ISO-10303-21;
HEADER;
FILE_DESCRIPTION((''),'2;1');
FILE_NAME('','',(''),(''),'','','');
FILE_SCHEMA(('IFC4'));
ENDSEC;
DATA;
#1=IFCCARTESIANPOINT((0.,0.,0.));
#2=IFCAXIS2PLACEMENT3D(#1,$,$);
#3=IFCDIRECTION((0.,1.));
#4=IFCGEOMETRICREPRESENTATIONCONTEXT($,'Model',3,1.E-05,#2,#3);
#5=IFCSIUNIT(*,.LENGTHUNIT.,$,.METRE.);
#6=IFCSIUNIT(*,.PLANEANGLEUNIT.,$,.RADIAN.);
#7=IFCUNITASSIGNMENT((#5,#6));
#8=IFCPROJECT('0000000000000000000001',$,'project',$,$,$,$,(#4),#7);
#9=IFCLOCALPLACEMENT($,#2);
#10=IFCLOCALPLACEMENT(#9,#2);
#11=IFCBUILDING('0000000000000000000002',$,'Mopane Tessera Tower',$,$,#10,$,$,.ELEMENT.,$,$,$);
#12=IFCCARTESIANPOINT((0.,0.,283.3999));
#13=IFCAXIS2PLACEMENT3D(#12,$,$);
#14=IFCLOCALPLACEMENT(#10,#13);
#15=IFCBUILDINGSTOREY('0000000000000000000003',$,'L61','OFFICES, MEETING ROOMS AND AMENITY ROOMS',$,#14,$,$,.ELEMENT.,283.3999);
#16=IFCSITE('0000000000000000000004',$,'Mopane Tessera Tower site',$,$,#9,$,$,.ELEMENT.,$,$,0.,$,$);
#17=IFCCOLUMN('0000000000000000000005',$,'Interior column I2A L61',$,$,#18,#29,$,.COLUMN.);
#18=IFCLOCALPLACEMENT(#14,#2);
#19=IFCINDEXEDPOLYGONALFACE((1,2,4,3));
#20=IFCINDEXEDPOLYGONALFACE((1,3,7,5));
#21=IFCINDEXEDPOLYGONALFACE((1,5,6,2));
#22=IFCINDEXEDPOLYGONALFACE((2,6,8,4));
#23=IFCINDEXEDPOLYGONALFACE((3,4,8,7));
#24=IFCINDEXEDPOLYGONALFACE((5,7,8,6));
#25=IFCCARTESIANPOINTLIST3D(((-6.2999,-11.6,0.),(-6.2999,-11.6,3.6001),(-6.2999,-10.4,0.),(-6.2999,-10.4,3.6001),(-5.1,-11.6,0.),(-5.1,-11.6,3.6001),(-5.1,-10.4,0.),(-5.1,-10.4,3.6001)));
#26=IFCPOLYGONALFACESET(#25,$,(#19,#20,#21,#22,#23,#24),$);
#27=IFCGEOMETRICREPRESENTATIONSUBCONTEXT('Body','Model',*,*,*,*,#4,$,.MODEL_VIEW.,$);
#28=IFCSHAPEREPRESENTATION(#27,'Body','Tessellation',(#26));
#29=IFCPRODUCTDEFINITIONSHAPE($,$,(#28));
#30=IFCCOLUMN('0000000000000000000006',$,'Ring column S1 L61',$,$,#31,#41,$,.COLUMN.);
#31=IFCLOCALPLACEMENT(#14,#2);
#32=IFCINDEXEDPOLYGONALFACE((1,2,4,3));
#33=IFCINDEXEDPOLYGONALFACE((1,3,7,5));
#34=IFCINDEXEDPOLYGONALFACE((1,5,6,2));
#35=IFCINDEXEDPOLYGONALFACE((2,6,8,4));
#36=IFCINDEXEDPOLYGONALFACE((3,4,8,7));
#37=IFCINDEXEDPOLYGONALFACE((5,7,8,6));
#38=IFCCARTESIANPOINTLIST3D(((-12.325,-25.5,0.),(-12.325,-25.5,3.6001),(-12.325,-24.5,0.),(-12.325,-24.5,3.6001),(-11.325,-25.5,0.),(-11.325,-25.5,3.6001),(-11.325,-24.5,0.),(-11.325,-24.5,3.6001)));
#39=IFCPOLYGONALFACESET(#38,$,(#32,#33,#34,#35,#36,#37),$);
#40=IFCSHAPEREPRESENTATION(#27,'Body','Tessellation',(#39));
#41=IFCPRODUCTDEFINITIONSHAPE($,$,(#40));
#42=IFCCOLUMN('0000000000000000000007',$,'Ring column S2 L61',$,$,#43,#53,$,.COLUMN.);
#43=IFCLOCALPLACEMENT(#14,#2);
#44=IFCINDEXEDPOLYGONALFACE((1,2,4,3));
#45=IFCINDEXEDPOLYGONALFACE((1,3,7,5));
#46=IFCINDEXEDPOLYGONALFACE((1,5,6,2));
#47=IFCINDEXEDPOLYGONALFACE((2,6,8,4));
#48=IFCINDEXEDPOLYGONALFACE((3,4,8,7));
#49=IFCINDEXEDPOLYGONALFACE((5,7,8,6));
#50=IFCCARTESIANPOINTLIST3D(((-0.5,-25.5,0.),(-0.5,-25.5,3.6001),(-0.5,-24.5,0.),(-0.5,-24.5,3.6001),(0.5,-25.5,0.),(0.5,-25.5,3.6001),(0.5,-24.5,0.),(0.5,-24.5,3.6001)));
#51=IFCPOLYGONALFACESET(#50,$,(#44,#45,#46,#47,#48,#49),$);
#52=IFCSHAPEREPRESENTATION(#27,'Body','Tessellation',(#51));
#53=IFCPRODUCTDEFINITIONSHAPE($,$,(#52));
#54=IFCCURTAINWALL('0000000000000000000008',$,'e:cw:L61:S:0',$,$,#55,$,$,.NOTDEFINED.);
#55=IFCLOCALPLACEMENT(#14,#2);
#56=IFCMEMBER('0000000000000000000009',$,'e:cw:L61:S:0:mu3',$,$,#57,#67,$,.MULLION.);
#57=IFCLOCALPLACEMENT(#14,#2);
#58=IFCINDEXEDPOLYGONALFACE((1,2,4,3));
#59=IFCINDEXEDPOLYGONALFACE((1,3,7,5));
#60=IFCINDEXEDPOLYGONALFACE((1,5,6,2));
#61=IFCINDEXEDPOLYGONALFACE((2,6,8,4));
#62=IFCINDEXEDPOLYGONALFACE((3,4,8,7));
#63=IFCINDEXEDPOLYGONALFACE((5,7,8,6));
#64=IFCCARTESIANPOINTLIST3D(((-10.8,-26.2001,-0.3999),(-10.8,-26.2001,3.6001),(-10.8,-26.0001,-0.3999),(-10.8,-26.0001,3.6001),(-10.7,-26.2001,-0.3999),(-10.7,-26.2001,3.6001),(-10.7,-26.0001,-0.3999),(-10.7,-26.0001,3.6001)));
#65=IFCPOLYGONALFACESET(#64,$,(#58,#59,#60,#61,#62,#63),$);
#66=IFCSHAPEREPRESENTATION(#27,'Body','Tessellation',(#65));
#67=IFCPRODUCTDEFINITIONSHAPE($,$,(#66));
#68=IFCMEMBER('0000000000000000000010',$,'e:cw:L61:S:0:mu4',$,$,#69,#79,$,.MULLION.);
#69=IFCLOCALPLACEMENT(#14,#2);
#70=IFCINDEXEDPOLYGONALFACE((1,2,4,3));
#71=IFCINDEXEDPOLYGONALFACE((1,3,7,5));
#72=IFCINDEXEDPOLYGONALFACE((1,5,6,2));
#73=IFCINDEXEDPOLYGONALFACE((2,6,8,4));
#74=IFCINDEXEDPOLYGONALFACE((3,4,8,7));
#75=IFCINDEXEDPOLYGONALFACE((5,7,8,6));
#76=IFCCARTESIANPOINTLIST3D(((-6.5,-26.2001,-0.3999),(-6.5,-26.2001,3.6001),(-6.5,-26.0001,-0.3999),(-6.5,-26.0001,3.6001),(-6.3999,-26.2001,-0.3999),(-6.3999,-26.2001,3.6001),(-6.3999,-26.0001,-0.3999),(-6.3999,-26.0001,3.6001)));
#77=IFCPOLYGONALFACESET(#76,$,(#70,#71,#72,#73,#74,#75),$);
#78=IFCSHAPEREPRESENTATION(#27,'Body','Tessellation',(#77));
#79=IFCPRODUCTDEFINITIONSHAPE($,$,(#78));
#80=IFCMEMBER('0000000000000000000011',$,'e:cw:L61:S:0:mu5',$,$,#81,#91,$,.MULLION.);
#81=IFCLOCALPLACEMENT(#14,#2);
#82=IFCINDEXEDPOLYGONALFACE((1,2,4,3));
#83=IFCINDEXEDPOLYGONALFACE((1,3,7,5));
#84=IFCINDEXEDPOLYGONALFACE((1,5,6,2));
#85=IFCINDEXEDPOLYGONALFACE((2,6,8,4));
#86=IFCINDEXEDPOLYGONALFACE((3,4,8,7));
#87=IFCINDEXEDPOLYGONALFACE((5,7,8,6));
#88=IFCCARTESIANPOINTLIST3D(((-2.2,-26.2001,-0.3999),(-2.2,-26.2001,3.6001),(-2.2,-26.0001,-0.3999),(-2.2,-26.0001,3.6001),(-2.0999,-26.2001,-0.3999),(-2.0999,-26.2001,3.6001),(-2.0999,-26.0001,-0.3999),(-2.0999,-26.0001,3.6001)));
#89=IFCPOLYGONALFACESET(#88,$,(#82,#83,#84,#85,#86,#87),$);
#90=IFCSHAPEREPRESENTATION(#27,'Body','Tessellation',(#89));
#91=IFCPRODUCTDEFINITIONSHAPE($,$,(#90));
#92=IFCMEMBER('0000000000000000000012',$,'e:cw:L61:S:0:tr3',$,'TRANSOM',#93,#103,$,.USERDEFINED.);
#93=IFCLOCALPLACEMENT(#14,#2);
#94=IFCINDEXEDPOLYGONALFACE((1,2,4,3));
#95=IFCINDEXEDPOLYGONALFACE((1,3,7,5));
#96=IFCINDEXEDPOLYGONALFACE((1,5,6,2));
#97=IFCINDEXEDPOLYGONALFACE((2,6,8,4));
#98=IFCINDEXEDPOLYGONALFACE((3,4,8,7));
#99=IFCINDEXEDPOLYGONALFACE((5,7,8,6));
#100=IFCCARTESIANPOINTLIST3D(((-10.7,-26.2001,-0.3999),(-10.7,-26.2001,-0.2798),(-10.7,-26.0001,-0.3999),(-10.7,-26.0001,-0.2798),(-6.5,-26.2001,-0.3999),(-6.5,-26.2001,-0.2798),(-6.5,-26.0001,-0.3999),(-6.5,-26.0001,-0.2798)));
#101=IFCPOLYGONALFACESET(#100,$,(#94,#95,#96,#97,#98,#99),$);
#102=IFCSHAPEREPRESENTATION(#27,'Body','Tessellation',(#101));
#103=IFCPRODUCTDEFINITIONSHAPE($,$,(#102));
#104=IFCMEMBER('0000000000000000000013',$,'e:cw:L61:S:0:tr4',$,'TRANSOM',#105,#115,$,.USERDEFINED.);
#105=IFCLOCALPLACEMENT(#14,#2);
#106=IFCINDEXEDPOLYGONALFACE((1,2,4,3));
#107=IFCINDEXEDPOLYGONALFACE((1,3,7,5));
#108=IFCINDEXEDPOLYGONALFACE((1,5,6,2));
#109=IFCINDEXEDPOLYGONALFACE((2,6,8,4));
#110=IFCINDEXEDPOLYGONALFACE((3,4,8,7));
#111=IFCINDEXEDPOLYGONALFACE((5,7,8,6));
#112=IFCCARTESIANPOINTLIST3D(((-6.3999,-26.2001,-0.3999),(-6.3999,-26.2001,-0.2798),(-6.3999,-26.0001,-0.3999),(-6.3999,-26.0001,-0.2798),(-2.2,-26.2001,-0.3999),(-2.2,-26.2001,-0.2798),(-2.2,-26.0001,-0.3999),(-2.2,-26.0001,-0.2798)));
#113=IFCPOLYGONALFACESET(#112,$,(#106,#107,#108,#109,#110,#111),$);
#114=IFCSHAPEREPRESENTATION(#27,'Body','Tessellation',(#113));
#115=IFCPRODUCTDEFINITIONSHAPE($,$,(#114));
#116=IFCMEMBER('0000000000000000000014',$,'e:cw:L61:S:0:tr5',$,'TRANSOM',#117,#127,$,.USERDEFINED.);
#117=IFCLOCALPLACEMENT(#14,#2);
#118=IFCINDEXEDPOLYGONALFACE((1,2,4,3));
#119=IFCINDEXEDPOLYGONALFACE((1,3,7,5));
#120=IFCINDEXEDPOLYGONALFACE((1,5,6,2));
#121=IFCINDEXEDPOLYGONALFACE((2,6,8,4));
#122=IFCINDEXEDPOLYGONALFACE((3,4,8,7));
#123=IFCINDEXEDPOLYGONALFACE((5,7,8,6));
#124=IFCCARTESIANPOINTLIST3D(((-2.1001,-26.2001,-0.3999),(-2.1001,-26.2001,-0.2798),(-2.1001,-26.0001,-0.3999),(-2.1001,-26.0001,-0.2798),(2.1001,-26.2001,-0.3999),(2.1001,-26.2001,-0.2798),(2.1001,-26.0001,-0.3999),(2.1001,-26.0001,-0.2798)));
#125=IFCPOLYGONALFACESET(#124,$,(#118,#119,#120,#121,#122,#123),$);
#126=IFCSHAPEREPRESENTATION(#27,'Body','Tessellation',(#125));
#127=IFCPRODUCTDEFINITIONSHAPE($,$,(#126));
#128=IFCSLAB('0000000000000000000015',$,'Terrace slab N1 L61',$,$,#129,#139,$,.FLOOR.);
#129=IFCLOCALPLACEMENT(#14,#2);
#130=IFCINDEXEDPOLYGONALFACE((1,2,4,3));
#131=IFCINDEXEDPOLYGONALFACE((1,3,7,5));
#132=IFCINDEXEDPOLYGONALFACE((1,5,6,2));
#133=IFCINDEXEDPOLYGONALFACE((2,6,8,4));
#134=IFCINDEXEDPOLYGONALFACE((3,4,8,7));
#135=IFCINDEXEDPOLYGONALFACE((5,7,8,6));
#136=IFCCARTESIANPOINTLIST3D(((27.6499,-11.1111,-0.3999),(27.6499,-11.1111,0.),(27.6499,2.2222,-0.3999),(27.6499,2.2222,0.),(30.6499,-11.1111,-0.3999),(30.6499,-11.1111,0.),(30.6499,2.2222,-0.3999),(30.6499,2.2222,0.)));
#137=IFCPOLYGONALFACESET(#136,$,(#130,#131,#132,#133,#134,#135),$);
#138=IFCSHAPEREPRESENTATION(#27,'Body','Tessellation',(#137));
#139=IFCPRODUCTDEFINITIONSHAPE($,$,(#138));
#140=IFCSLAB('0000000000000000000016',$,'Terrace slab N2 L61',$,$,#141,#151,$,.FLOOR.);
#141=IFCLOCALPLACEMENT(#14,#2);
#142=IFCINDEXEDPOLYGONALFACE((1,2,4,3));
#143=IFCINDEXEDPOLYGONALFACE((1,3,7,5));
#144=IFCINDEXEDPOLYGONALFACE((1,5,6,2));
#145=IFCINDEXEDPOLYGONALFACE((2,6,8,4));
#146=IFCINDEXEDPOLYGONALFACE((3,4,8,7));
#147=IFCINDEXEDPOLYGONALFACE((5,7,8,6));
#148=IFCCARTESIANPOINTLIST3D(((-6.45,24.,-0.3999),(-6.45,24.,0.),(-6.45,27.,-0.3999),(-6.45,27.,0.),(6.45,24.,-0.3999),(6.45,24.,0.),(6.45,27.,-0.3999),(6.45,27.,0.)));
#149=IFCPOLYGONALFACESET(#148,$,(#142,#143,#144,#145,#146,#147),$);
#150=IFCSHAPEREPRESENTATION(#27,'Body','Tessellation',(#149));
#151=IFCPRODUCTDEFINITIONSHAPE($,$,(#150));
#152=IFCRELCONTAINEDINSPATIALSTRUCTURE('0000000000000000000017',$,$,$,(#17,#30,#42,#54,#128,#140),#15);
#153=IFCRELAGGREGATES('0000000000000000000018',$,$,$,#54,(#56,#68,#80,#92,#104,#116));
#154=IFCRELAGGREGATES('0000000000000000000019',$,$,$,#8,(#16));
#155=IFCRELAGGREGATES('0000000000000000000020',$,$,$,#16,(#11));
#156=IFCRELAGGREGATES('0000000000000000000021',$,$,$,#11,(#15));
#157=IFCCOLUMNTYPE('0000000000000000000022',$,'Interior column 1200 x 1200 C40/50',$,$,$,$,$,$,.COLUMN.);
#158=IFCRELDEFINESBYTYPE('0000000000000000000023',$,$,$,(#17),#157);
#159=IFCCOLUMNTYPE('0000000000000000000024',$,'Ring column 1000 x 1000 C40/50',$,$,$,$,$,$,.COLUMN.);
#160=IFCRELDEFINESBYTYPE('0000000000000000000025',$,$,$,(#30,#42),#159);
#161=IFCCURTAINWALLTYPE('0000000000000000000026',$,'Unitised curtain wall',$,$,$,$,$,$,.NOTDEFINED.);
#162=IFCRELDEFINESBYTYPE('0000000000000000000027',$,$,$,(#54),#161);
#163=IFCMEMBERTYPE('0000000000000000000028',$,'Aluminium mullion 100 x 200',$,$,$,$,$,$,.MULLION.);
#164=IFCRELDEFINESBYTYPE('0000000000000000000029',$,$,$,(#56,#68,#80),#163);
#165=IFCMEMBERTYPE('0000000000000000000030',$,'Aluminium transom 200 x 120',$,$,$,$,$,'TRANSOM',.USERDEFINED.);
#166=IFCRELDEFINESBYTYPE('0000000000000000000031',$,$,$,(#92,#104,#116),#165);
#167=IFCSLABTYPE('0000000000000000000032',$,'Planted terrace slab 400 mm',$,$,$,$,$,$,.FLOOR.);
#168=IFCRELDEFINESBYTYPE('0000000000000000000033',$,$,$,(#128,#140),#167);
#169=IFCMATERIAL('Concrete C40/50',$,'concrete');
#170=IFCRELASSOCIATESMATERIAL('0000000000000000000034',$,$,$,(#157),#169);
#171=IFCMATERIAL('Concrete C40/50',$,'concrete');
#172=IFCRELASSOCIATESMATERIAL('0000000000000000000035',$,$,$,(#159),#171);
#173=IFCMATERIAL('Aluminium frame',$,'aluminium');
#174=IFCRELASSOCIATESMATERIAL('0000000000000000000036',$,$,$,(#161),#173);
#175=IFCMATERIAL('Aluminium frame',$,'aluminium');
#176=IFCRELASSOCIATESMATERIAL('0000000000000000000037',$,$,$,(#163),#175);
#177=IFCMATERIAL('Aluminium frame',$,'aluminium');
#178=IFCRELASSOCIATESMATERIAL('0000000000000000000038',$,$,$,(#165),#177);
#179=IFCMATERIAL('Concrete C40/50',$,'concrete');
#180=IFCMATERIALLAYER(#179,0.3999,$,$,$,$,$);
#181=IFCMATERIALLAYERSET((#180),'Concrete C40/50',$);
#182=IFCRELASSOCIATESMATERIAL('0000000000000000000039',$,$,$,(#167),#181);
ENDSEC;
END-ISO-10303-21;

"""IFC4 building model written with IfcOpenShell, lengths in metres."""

from ifc_helpers import new_model, si_unit, direction, frame, origin, origin_2d, place, context, subcontext, project, spatial, polyline, rectangle, outline, extrude, material, layer, layer_set, material_profile, profile_set, type_object, element, aggregate, save


model = new_model("IFC4")

# Units and contexts
model_context = context("Model", 3, precision=1e-05, world=origin(), true_north=direction((0.0, 1.0)))
body_context = subcontext(model_context, "Body", "Model", "MODEL_VIEW")
ifc_project = project(units=[si_unit("LENGTHUNIT", "METRE"), si_unit("PLANEANGLEUNIT", "RADIAN")], contexts=[model_context])

# Site, building, storey
site_placement = place(None, origin())
site = spatial("IfcSite", under=ifc_project, at=site_placement, Name="Mopane Tessera Tower site", CompositionType="ELEMENT", RefElevation=0.0)
building_placement = place(site_placement, origin())
building = spatial("IfcBuilding", under=site, at=building_placement, Name="Mopane Tessera Tower", CompositionType="ELEMENT")
storey_placement = place(building_placement, frame((0.0, 0.0, 283.3999)))
storey = spatial("IfcBuildingStorey", under=building, at=storey_placement, Name="L61", Description="OFFICES, MEETING ROOMS AND AMENITY ROOMS", CompositionType="ELEMENT", Elevation=283.3999)

# Columns
ifc_material_1 = material(Name="Concrete C40/50", Category="concrete")
ifc_material_profile_1 = material_profile(ifc_material_1, rectangle(XDim=1.2, YDim=1.2, at=origin_2d()))
ifc_profile_set_1 = profile_set([ifc_material_profile_1], Name="Concrete C40/50")
column_type_1 = type_object("IfcColumnType", Name="Interior column 1200 x 1200 C40/50", PredefinedType="COLUMN", material=ifc_profile_set_1)
column_placement = place(storey_placement, frame((-5.7, -11.0, 0.0), z_axis=(0.0, 0.0, 1.0), x_axis=(1.0, 0.0, 0.0)))
element("IfcColumn", 1, at=column_placement, inside=storey, type_object=column_type_1, Name="Interior column I2A L61", PredefinedType="COLUMN", context=body_context, shape_type="SweptSolid", body=[
    extrude(rectangle(XDim=1.2, YDim=1.2, at=origin_2d()), origin(), (0.0, 0.0, 1.0), 3.6001),
])
ifc_material_2 = material(Name="Concrete C40/50", Category="concrete")
ifc_material_profile_2 = material_profile(ifc_material_2, rectangle(XDim=1.0, YDim=1.0, at=origin_2d()))
ifc_profile_set_2 = profile_set([ifc_material_profile_2], Name="Concrete C40/50")
column_type_2 = type_object("IfcColumnType", Name="Ring column 1000 x 1000 C40/50", PredefinedType="COLUMN", material=ifc_profile_set_2)
for number, where, z_axis, x_axis, name in (
    (2, (-11.825, -25.0, 0.0), (0.0, 0.0, 1.0), (1.0, 0.0, 0.0), "Ring column S1 L61"),
    (3, (0.0, -25.0, 0.0), (0.0, 0.0, 1.0), (1.0, 0.0, 0.0), "Ring column S2 L61"),
):
    element("IfcColumn", number, at=place(storey_placement, frame(where, z_axis=z_axis, x_axis=x_axis)), inside=storey, type_object=column_type_2, Name=name, PredefinedType="COLUMN", context=body_context, shape_type="SweptSolid", body=[
        extrude(rectangle(XDim=1.0, YDim=1.0, at=origin_2d()), origin(), (0.0, 0.0, 1.0), 3.6001),
    ])

# Curtain wall, members
ifc_material_3 = material(Name="Aluminium frame", Category="aluminium")
curtain_wall_type = type_object("IfcCurtainWallType", Name="Unitised curtain wall", PredefinedType="NOTDEFINED", material=ifc_material_3)
curtain_wall_placement = place(storey_placement, origin())
curtain_wall = element("IfcCurtainWall", 4, at=curtain_wall_placement, inside=storey, type_object=curtain_wall_type, Name="e:cw:L61:S:0", PredefinedType="NOTDEFINED")
ifc_material_4 = material(Name="Aluminium frame", Category="aluminium")
ifc_material_profile_3 = material_profile(ifc_material_4, rectangle(XDim=0.1001, YDim=0.2, at=origin_2d()))
ifc_profile_set_3 = profile_set([ifc_material_profile_3], Name="Aluminium frame")
member_type_1 = type_object("IfcMemberType", Name="Aluminium mullion 100 x 200", PredefinedType="MULLION", material=ifc_profile_set_3)
member_1_placement = place(storey_placement, frame((-10.75, -26.1001, -0.3999), z_axis=(0.0, 0.0, 1.0), x_axis=(1.0, 0.0, 0.0)))
member_1 = element("IfcMember", 5, at=member_1_placement, type_object=member_type_1, Name="e:cw:L61:S:0:mu3", PredefinedType="MULLION", context=body_context, shape_type="SweptSolid", body=[
    extrude(rectangle(XDim=0.1001, YDim=0.2, at=origin_2d()), origin(), (0.0, 0.0, 1.0), 4.0),
])
member_2_placement = place(storey_placement, frame((-6.45, -26.1001, -0.3999), z_axis=(0.0, 0.0, 1.0), x_axis=(1.0, 0.0, 0.0)))
member_2 = element("IfcMember", 6, at=member_2_placement, type_object=member_type_1, Name="e:cw:L61:S:0:mu4", PredefinedType="MULLION", context=body_context, shape_type="SweptSolid", body=[
    extrude(rectangle(XDim=0.1001, YDim=0.2, at=origin_2d()), origin(), (0.0, 0.0, 1.0), 4.0),
])
member_3_placement = place(storey_placement, frame((-2.1499, -26.1001, -0.3999), z_axis=(0.0, 0.0, 1.0), x_axis=(1.0, 0.0, 0.0)))
member_3 = element("IfcMember", 7, at=member_3_placement, type_object=member_type_1, Name="e:cw:L61:S:0:mu5", PredefinedType="MULLION", context=body_context, shape_type="SweptSolid", body=[
    extrude(rectangle(XDim=0.1001, YDim=0.2, at=origin_2d()), origin(), (0.0, 0.0, 1.0), 4.0),
])
ifc_material_5 = material(Name="Aluminium frame", Category="aluminium")
ifc_material_profile_4 = material_profile(ifc_material_5, rectangle(XDim=0.2, YDim=0.1201, at=origin_2d()))
ifc_profile_set_4 = profile_set([ifc_material_profile_4], Name="Aluminium frame")
member_type_2 = type_object("IfcMemberType", Name="Aluminium transom 200 x 120", ElementType="TRANSOM", PredefinedType="USERDEFINED", material=ifc_profile_set_4)
member_4_placement = place(storey_placement, frame((-10.7, -26.1001, -0.3398), z_axis=(1.0, 0.0, 0.0), x_axis=(0.0, 1.0, 0.0)))
member_4 = element("IfcMember", 8, at=member_4_placement, type_object=member_type_2, Name="e:cw:L61:S:0:tr3", ObjectType="TRANSOM", PredefinedType="USERDEFINED", context=body_context, shape_type="SweptSolid", body=[
    extrude(rectangle(XDim=0.2, YDim=0.1201, at=origin_2d()), origin(), (0.0, 0.0, 1.0), 4.2),
])
member_5_placement = place(storey_placement, frame((-6.3999, -26.1001, -0.3398), z_axis=(1.0, 0.0, 0.0), x_axis=(0.0, 1.0, 0.0)))
member_5 = element("IfcMember", 9, at=member_5_placement, type_object=member_type_2, Name="e:cw:L61:S:0:tr4", ObjectType="TRANSOM", PredefinedType="USERDEFINED", context=body_context, shape_type="SweptSolid", body=[
    extrude(rectangle(XDim=0.2, YDim=0.1201, at=origin_2d()), origin(), (0.0, 0.0, 1.0), 4.2),
])
member_6_placement = place(storey_placement, frame((-2.1001, -26.1001, -0.3398), z_axis=(1.0, 0.0, 0.0), x_axis=(0.0, 1.0, 0.0)))
member_6 = element("IfcMember", 10, at=member_6_placement, type_object=member_type_2, Name="e:cw:L61:S:0:tr5", ObjectType="TRANSOM", PredefinedType="USERDEFINED", context=body_context, shape_type="SweptSolid", body=[
    extrude(rectangle(XDim=0.2, YDim=0.1201, at=origin_2d()), origin(), (0.0, 0.0, 1.0), 4.2002),
])

# Slabs
ifc_material_6 = material(Name="Concrete C40/50", Category="concrete")
ifc_layer_1 = layer(ifc_material_6, 0.3999)
ifc_layer_set_1 = layer_set([ifc_layer_1], Name="Concrete C40/50")
slab_type_1 = type_object("IfcSlabType", Name="Planted terrace slab 400 mm", PredefinedType="FLOOR", material=ifc_layer_set_1)
slab_1_placement = place(storey_placement, frame((0.0, 0.0, -0.3999)))
element("IfcSlab", 11, at=slab_1_placement, inside=storey, type_object=slab_type_1, Name="Terrace slab N1 L61", PredefinedType="FLOOR", context=body_context, shape_type="SweptSolid", body=[
    extrude(outline(polyline([(30.6499, 2.2222), (27.6499, 2.2222), (27.6499, -11.1111), (30.6499, -11.1111), (30.6499, 2.2222)])), origin(), (0.0, 0.0, 1.0), 0.3999),
])
slab_2_placement = place(storey_placement, frame((0.0, 0.0, -0.3999)))
element("IfcSlab", 12, at=slab_2_placement, inside=storey, type_object=slab_type_1, Name="Terrace slab N2 L61", PredefinedType="FLOOR", context=body_context, shape_type="SweptSolid", body=[
    extrude(outline(polyline([(-6.45, 27.0), (-6.45, 24.0), (6.45, 24.0), (6.45, 27.0), (-6.45, 27.0)])), origin(), (0.0, 0.0, 1.0), 0.3999),
])

aggregate(curtain_wall, [member_1, member_2, member_3, member_4, member_5, member_6])

save(model, "model.ifc")
